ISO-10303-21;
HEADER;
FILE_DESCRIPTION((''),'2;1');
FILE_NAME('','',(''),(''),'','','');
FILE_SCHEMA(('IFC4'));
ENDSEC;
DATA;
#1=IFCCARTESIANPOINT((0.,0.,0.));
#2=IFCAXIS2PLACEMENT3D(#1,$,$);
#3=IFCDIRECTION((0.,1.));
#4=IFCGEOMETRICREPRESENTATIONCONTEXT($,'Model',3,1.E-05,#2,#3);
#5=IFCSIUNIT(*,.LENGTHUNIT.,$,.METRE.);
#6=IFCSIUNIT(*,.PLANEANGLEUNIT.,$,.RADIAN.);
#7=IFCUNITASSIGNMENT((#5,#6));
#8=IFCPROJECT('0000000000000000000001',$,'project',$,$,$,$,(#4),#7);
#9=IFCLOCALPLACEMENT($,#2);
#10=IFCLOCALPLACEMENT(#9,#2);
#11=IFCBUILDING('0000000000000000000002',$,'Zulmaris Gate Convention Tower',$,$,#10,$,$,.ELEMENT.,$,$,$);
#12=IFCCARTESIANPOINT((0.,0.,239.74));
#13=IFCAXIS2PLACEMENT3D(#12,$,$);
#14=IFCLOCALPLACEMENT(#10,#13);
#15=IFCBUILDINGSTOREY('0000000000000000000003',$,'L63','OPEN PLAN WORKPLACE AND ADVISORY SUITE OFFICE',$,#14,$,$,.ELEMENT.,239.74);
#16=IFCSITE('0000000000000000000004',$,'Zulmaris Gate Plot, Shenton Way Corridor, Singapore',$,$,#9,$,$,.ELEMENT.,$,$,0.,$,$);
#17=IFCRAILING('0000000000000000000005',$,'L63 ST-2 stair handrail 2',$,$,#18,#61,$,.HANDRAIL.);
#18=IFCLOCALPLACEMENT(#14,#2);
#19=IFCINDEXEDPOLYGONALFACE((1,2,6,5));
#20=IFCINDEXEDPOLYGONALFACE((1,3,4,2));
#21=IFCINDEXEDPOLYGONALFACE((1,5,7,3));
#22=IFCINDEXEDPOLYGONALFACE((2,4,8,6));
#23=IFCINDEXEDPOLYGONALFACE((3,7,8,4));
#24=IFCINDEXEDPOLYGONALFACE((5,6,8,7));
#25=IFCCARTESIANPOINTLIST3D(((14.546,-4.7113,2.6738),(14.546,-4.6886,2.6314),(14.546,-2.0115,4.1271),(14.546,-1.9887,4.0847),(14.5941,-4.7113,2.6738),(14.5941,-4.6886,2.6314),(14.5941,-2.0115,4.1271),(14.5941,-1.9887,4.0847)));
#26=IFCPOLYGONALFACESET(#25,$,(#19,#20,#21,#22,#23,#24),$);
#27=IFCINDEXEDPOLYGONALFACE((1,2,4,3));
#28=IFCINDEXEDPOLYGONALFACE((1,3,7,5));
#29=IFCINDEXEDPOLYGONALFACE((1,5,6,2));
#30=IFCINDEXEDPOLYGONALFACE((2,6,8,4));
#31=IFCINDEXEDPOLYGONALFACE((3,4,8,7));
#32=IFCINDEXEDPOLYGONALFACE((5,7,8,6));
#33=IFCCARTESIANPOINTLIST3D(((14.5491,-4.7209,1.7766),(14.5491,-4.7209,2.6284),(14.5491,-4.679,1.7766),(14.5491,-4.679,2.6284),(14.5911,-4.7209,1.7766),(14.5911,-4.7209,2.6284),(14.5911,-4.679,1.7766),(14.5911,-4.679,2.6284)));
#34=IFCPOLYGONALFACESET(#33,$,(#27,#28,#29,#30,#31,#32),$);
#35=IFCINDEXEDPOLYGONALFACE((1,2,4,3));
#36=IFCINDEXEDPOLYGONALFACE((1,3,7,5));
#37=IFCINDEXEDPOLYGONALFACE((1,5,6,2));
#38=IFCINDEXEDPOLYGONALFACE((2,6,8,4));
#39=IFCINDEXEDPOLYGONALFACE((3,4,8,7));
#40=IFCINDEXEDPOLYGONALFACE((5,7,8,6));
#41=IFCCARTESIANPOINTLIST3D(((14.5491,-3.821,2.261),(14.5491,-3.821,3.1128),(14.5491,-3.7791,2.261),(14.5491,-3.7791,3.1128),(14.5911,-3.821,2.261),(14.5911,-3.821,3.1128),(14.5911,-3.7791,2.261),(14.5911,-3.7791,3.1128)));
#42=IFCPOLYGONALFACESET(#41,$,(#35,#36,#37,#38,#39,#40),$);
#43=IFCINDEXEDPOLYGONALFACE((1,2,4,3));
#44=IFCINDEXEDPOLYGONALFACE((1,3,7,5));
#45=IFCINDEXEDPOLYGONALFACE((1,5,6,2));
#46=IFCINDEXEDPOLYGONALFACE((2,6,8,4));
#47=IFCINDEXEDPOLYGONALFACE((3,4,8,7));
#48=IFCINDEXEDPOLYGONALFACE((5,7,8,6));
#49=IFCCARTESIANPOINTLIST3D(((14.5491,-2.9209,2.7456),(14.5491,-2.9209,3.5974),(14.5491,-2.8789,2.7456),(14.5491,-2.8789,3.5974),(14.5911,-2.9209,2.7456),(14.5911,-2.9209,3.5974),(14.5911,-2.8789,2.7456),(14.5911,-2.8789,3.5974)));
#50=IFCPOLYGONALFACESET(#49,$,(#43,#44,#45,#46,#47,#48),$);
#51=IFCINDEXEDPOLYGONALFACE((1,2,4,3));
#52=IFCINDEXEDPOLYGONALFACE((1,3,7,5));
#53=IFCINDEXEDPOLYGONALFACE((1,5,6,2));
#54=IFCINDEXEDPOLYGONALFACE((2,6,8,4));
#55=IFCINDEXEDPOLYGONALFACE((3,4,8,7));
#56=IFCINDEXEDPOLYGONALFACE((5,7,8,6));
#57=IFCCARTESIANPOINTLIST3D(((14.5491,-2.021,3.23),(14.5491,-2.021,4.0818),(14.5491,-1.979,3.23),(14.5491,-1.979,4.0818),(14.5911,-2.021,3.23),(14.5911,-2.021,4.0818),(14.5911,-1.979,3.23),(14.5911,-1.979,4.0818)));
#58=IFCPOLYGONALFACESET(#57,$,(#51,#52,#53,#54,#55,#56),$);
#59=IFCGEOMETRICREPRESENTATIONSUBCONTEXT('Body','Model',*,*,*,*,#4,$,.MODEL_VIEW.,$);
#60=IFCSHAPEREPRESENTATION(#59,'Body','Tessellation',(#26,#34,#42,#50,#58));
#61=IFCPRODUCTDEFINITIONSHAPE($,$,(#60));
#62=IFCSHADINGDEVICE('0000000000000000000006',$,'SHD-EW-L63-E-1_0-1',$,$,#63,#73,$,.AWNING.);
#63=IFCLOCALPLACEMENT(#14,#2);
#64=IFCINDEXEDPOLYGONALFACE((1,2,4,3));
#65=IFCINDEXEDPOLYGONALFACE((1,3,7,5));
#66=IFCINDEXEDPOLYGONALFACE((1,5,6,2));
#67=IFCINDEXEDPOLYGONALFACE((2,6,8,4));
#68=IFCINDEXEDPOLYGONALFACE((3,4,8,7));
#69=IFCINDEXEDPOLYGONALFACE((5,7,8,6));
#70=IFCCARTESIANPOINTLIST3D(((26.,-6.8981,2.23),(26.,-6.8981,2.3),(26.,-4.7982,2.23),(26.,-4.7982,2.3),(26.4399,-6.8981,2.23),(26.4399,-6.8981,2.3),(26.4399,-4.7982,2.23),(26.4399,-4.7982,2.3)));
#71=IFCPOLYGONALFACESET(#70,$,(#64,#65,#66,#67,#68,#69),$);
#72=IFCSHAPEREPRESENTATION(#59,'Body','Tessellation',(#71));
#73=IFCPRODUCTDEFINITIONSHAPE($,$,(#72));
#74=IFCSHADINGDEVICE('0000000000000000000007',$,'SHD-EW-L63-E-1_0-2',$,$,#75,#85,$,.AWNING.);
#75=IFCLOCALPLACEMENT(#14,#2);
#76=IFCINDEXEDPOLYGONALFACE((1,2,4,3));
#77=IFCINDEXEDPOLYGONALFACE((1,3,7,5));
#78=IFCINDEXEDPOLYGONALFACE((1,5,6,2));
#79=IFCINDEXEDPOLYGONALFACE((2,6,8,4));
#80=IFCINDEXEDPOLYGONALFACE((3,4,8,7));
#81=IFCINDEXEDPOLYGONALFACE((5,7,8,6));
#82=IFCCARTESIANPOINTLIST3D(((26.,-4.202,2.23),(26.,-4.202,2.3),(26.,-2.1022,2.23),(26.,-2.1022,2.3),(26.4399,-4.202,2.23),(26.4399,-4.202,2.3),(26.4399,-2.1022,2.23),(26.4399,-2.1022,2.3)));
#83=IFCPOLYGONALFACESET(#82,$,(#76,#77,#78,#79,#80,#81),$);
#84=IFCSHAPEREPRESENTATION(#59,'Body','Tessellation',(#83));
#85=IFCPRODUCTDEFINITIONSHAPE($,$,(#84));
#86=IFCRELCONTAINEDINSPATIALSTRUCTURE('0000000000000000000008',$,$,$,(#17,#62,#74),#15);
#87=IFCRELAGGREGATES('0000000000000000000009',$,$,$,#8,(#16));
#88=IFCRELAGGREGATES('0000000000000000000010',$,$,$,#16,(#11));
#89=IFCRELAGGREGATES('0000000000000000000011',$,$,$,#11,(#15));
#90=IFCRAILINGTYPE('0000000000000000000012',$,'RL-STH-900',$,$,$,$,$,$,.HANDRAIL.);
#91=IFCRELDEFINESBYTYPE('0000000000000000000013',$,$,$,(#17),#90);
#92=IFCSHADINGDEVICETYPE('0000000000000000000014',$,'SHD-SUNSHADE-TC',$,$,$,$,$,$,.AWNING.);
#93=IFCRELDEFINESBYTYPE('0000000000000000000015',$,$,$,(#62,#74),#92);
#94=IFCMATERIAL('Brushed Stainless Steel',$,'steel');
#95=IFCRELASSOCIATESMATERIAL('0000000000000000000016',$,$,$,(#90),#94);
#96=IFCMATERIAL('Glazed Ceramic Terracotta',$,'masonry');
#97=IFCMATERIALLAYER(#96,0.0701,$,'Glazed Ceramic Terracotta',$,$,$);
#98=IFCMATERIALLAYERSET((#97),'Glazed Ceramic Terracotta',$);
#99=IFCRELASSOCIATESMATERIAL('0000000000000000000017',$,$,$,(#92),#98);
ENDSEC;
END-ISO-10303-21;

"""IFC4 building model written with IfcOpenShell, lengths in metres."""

from ifc_helpers import new_model, si_unit, direction, frame, frame_2d, origin, origin_2d, place, context, subcontext, project, spatial, rectangle, extrude, material, layer, layer_set, type_object, element, save


model = new_model("IFC4")

# Units and contexts
model_context = context("Model", 3, precision=1e-05, world=origin(), true_north=direction((0.0, 1.0)))
body_context = subcontext(model_context, "Body", "Model", "MODEL_VIEW")
ifc_project = project(units=[si_unit("LENGTHUNIT", "METRE"), si_unit("PLANEANGLEUNIT", "RADIAN")], contexts=[model_context])

# Site, building, storey
site_placement = place(None, origin())
site = spatial("IfcSite", under=ifc_project, at=site_placement, Name="Zulmaris Gate Plot, Shenton Way Corridor, Singapore", CompositionType="ELEMENT", RefElevation=0.0)
building_placement = place(site_placement, origin())
building = spatial("IfcBuilding", under=site, at=building_placement, Name="Zulmaris Gate Convention Tower", CompositionType="ELEMENT")
storey_placement = place(building_placement, frame((0.0, 0.0, 239.74)))
storey = spatial("IfcBuildingStorey", under=building, at=storey_placement, Name="L63", Description="OPEN PLAN WORKPLACE AND ADVISORY SUITE OFFICE", CompositionType="ELEMENT", Elevation=239.74)

# Railing
ifc_material_1 = material(Name="Brushed Stainless Steel", Category="steel")
railing_type_1 = type_object("IfcRailingType", Name="RL-STH-900", PredefinedType="HANDRAIL", material=ifc_material_1)
railing_1_placement = place(storey_placement, frame((14.5701, -4.7, 1.7766)))
element("IfcRailing", 1, at=railing_1_placement, inside=storey, type_object=railing_type_1, Name="L63 ST-2 stair handrail 2", PredefinedType="HANDRAIL", context=body_context, shape_type="SweptSolid", body=[
    extrude(rectangle(XDim=0.0481, YDim=0.0481, at=origin_2d()), frame((0.0, 0.0, 0.876), z_axis=(0.0, 0.880532, 0.473986), x_axis=(-1.0, 0.0, 0.0)), (0.0, 0.0, 1.0), 3.0662),
    extrude(rectangle(XDim=0.042, YDim=0.042, at=origin_2d()), origin(), (0.0, 0.0, 1.0), 0.8518),
    extrude(rectangle(XDim=0.042, YDim=0.042, at=origin_2d()), frame((0.0, 0.8999, 0.4844)), (0.0, 0.0, 1.0), 0.8518),
    extrude(rectangle(XDim=0.042, YDim=0.042, at=origin_2d()), frame((0.0, 1.8, 0.969)), (0.0, 0.0, 1.0), 0.8518),
    extrude(rectangle(XDim=0.042, YDim=0.042, at=origin_2d()), frame((0.0, 2.7, 1.4534)), (0.0, 0.0, 1.0), 0.8518),
])

# Shading devices
ifc_material_2 = material(Name="Glazed Ceramic Terracotta", Category="masonry")
ifc_layer_1 = layer(ifc_material_2, 0.0701, Name="Glazed Ceramic Terracotta")
ifc_layer_set_1 = layer_set([ifc_layer_1], Name="Glazed Ceramic Terracotta")
shading_device_type = type_object("IfcShadingDeviceType", Name="SHD-SUNSHADE-TC", PredefinedType="AWNING", material=ifc_layer_set_1)
for number, where, z_axis, x_axis, name in (
    (2, (26.22, -6.8979, 2.23), (0.0, 0.0, 1.0), (0.0, 1.0, 0.0), "SHD-EW-L63-E-1_0-1"),
    (3, (26.22, -4.2019, 2.23), (0.0, 0.0, 1.0), (0.0, 1.0, 0.0), "SHD-EW-L63-E-1_0-2"),
):
    element("IfcShadingDevice", number, at=place(storey_placement, frame(where, z_axis=z_axis, x_axis=x_axis)), inside=storey, type_object=shading_device_type, Name=name, PredefinedType="AWNING", context=body_context, shape_type="SweptSolid", body=[
        extrude(rectangle(XDim=2.0999, YDim=0.4399, at=frame_2d((1.0498, 0.0))), origin(), (0.0, 0.0, 1.0), 0.0701),
    ])

save(model, "model.ifc")
